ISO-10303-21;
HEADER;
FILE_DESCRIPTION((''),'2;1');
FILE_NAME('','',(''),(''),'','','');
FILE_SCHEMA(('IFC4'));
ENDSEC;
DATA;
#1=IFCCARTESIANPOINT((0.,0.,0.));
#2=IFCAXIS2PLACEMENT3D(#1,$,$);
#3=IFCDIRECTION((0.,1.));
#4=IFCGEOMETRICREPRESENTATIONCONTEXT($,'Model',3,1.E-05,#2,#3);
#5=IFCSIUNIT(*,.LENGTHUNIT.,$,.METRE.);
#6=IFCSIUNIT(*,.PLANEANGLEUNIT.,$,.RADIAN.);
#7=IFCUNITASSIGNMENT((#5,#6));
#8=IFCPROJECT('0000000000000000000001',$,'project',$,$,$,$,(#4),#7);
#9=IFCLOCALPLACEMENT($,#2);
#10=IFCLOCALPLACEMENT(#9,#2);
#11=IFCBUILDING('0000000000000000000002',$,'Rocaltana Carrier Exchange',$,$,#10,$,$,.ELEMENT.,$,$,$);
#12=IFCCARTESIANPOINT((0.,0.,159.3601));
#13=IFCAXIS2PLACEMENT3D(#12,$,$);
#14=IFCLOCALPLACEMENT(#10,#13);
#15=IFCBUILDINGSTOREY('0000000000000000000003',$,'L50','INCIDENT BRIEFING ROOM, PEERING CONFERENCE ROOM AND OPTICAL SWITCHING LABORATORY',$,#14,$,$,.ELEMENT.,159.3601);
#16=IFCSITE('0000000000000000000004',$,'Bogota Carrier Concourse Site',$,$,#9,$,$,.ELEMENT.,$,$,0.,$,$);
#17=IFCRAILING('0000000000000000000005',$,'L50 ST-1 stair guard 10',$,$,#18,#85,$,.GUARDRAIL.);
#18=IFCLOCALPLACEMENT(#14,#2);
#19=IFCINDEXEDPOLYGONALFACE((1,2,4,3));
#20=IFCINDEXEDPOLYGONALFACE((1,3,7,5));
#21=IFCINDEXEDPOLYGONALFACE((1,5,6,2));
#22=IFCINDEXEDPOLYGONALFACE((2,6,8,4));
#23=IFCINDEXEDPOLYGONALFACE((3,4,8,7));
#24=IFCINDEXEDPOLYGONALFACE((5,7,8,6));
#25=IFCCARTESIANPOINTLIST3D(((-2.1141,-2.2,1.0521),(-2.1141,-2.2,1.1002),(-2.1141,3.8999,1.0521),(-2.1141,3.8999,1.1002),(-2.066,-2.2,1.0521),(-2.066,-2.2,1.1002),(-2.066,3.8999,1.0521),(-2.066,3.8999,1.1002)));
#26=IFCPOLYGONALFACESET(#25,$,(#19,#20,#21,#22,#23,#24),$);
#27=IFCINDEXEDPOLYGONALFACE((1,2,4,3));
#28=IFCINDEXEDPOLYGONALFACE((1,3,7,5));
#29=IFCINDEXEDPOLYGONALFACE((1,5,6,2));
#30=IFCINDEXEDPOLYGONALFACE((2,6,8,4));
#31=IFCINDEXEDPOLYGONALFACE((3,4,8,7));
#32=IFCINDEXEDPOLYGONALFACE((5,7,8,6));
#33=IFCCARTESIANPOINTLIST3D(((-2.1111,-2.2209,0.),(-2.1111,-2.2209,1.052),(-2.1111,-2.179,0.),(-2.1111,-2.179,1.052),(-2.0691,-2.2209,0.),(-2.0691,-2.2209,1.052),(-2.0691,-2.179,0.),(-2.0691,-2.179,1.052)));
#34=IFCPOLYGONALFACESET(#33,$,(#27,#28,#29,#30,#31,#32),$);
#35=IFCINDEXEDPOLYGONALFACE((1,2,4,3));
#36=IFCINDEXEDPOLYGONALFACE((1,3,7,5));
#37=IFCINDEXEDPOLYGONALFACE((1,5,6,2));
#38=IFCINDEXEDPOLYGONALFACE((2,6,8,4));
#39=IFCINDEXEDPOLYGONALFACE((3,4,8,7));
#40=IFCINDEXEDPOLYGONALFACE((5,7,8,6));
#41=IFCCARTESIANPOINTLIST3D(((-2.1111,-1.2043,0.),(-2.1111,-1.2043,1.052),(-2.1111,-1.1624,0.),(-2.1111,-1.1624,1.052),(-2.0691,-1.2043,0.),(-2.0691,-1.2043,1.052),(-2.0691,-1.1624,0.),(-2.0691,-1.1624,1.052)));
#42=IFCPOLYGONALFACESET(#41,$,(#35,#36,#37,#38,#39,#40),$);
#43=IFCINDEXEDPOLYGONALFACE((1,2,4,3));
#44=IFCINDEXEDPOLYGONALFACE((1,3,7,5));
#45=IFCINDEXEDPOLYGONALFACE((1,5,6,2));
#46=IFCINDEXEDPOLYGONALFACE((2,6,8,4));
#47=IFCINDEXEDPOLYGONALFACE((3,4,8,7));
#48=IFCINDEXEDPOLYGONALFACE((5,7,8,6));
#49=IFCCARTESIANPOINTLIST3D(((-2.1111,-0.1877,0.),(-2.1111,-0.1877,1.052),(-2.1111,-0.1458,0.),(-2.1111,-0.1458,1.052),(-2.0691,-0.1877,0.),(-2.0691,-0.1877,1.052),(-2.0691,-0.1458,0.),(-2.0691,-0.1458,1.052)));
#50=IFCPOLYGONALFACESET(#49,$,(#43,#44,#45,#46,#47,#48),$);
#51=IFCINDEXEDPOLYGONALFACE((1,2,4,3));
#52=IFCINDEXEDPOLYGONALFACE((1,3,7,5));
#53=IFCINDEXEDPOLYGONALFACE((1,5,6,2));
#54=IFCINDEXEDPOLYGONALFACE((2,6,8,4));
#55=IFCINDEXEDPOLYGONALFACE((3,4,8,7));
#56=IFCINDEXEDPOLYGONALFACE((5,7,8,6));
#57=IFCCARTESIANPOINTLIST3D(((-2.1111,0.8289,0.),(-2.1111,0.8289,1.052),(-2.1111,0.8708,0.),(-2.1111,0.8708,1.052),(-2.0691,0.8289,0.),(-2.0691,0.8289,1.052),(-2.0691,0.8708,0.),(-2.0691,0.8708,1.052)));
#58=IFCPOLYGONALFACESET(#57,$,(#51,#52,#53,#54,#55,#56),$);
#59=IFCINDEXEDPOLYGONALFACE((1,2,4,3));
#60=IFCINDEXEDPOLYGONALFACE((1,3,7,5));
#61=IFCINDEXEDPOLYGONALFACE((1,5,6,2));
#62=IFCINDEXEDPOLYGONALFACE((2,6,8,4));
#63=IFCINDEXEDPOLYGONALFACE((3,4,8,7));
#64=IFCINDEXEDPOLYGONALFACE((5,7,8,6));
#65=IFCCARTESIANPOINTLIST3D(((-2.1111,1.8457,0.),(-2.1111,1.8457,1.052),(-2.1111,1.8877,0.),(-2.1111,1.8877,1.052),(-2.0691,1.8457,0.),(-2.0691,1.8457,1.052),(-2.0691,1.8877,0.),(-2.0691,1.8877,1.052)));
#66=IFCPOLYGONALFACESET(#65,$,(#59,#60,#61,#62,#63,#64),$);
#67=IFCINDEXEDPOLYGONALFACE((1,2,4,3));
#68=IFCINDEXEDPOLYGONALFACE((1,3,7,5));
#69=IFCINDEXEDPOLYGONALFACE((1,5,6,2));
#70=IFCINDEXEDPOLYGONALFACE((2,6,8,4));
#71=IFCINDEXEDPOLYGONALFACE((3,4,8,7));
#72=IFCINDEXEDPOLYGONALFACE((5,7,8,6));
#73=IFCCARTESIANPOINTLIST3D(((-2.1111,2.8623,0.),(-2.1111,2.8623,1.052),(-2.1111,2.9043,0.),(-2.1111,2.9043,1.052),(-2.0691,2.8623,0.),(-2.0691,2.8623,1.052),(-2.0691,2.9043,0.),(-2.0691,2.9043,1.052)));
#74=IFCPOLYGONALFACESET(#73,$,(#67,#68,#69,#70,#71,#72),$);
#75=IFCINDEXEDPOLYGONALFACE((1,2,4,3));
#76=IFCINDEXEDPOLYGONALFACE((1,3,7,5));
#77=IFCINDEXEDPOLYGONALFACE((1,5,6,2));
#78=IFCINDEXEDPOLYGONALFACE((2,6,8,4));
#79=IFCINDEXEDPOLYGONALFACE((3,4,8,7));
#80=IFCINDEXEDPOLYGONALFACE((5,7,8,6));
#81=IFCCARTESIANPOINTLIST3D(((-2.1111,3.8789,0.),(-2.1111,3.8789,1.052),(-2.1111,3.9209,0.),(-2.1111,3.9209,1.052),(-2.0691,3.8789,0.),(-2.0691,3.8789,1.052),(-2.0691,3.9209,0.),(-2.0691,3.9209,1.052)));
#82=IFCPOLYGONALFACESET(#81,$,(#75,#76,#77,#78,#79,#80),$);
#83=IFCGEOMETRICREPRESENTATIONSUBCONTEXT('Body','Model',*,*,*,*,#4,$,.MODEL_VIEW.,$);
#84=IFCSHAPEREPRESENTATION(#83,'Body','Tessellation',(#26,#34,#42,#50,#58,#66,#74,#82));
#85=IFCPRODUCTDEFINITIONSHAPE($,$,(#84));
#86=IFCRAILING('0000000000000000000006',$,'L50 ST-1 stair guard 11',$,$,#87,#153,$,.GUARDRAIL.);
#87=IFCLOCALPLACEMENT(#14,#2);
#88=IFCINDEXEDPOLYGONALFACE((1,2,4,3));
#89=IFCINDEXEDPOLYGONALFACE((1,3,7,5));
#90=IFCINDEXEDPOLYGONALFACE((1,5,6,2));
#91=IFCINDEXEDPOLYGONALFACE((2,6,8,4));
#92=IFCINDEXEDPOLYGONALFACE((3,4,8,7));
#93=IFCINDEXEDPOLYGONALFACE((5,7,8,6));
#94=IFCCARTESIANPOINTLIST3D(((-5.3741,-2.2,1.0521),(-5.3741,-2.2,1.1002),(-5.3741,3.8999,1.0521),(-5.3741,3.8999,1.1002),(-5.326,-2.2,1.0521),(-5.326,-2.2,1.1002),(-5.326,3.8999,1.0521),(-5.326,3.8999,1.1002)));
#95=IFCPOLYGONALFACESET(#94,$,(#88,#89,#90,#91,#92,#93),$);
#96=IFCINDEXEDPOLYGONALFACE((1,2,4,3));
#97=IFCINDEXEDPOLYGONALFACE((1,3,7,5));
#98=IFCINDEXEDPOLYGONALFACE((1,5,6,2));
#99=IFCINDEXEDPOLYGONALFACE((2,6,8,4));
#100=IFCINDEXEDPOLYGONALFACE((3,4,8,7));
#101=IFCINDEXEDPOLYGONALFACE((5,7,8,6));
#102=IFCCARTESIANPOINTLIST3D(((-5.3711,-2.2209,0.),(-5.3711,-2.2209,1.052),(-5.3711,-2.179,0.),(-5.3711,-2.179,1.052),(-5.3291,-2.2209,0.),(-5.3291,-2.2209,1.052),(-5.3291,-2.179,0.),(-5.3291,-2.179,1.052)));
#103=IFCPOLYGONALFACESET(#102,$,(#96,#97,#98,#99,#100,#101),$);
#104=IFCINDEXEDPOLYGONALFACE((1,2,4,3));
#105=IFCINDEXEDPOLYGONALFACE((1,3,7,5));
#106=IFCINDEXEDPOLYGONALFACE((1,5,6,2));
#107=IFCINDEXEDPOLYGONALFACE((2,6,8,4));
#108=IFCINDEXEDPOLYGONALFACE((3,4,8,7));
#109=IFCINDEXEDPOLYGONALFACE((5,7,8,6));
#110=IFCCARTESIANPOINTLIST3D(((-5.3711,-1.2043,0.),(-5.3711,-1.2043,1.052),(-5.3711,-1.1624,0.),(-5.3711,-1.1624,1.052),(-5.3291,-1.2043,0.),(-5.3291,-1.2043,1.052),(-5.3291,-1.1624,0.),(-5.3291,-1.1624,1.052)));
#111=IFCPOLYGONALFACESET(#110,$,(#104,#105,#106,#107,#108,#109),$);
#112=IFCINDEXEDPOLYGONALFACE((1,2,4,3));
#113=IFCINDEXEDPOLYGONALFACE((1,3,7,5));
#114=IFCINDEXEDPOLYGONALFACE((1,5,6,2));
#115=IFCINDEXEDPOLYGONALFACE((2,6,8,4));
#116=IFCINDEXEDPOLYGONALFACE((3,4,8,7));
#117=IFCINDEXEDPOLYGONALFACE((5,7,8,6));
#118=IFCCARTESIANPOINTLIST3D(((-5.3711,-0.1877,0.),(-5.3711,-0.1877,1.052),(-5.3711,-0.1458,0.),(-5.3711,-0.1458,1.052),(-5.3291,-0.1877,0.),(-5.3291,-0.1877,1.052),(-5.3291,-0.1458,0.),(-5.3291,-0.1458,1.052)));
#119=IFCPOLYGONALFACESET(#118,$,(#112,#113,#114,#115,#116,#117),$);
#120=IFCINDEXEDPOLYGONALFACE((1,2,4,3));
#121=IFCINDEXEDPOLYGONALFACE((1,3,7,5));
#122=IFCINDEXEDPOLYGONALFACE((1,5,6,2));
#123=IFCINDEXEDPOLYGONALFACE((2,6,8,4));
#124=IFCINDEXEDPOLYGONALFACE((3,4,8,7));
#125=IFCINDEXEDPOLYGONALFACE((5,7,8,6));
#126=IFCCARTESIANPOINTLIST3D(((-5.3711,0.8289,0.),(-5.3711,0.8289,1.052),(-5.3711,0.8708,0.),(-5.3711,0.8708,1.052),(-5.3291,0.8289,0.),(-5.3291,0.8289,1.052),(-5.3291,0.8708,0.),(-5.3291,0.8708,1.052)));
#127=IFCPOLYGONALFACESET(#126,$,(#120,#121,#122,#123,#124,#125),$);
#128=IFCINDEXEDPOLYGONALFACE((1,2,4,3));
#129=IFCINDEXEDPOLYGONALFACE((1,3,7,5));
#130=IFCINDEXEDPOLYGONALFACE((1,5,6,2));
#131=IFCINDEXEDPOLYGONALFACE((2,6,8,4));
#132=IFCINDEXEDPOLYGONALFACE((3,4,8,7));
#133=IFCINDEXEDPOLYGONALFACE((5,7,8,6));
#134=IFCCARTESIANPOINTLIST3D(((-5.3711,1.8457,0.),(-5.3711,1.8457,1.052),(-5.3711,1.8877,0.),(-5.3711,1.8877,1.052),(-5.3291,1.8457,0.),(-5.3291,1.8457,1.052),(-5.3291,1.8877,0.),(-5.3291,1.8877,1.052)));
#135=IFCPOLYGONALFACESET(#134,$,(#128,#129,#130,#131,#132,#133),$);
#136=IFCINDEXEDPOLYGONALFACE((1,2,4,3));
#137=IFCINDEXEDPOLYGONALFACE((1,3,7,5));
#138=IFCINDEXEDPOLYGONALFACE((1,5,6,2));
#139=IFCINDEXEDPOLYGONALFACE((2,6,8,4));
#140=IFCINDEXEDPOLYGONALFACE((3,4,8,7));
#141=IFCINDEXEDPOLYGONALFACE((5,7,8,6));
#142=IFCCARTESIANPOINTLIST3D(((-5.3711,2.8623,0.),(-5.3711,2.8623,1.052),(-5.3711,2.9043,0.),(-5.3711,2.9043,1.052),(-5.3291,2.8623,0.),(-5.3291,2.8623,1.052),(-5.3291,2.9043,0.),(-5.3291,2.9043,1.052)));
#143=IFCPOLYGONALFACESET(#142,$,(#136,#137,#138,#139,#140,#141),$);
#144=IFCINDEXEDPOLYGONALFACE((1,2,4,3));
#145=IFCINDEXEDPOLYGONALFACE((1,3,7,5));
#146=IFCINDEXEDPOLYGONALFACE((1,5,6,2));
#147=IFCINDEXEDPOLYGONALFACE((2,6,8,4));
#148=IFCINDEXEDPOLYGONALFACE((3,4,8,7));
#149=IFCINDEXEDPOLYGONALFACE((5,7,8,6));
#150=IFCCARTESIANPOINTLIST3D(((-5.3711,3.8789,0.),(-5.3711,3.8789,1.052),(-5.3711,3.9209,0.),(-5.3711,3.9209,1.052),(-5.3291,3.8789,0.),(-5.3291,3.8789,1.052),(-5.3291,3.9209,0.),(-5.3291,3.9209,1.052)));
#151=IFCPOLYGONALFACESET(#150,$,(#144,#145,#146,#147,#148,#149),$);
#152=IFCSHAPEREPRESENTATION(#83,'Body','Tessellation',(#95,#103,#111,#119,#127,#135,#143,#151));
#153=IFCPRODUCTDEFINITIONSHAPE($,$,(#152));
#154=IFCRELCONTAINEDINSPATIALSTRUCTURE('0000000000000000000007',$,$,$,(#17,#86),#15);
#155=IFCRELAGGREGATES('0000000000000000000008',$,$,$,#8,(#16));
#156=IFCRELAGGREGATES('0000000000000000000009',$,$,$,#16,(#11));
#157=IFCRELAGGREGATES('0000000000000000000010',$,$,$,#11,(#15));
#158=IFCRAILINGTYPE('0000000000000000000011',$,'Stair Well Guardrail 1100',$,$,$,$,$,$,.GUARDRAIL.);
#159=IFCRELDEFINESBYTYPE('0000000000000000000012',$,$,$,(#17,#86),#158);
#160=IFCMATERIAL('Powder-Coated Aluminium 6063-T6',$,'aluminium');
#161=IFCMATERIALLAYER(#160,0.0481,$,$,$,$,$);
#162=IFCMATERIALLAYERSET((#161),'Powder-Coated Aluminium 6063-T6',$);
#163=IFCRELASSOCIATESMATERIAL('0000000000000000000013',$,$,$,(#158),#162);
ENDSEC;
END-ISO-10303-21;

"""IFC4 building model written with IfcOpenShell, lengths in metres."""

from ifc_helpers import new_model, si_unit, direction, frame, origin, origin_2d, place, context, subcontext, project, spatial, rectangle, extrude, material, layer, layer_set, type_object, element, save


model = new_model("IFC4")

# Units and contexts
model_context = context("Model", 3, precision=1e-05, world=origin(), true_north=direction((0.0, 1.0)))
body_context = subcontext(model_context, "Body", "Model", "MODEL_VIEW")
ifc_project = project(units=[si_unit("LENGTHUNIT", "METRE"), si_unit("PLANEANGLEUNIT", "RADIAN")], contexts=[model_context])

# Site, building, storey
site_placement = place(None, origin())
site = spatial("IfcSite", under=ifc_project, at=site_placement, Name="Bogota Carrier Concourse Site", CompositionType="ELEMENT", RefElevation=0.0)
building_placement = place(site_placement, origin())
building = spatial("IfcBuilding", under=site, at=building_placement, Name="Rocaltana Carrier Exchange", CompositionType="ELEMENT")
storey_placement = place(building_placement, frame((0.0, 0.0, 159.3601)))
storey = spatial("IfcBuildingStorey", under=building, at=storey_placement, Name="L50", Description="INCIDENT BRIEFING ROOM, PEERING CONFERENCE ROOM AND OPTICAL SWITCHING LABORATORY", CompositionType="ELEMENT", Elevation=159.3601)

# Railings
ifc_material_1 = material(Name="Powder-Coated Aluminium 6063-T6", Category="aluminium")
ifc_layer_1 = layer(ifc_material_1, 0.0481)
ifc_layer_set_1 = layer_set([ifc_layer_1], Name="Powder-Coated Aluminium 6063-T6")
railing_type_1 = type_object("IfcRailingType", Name="Stair Well Guardrail 1100", PredefinedType="GUARDRAIL", material=ifc_layer_set_1)
for number, where, name in (
    (1, (-2.0901, -2.2, 0.0), "L50 ST-1 stair guard 10"),
    (2, (-5.3501, -2.2, 0.0), "L50 ST-1 stair guard 11"),
):
    element("IfcRailing", number, at=place(storey_placement, frame(where)), inside=storey, type_object=railing_type_1, Name=name, PredefinedType="GUARDRAIL", context=body_context, shape_type="SweptSolid", body=[
        extrude(rectangle(XDim=0.0481, YDim=0.0481, at=origin_2d()), frame((0.0, 0.0, 1.0762), z_axis=(0.0, 1.0, 0.0), x_axis=(-1.0, 0.0, 0.0)), (0.0, 0.0, 1.0), 6.0999),
        extrude(rectangle(XDim=0.042, YDim=0.042, at=origin_2d()), origin(), (0.0, 0.0, 1.0), 1.052),
        extrude(rectangle(XDim=0.042, YDim=0.042, at=origin_2d()), frame((0.0, 1.0166, 0.0)), (0.0, 0.0, 1.0), 1.052),
        extrude(rectangle(XDim=0.042, YDim=0.042, at=origin_2d()), frame((0.0, 2.0332, 0.0)), (0.0, 0.0, 1.0), 1.052),
        extrude(rectangle(XDim=0.042, YDim=0.042, at=origin_2d()), frame((0.0, 3.0498, 0.0)), (0.0, 0.0, 1.0), 1.052),
        extrude(rectangle(XDim=0.042, YDim=0.042, at=origin_2d()), frame((0.0, 4.0667, 0.0)), (0.0, 0.0, 1.0), 1.052),
        extrude(rectangle(XDim=0.042, YDim=0.042, at=origin_2d()), frame((0.0, 5.0833, 0.0)), (0.0, 0.0, 1.0), 1.052),
        extrude(rectangle(XDim=0.042, YDim=0.042, at=origin_2d()), frame((0.0, 6.0999, 0.0)), (0.0, 0.0, 1.0), 1.052),
    ])

save(model, "model.ifc")
